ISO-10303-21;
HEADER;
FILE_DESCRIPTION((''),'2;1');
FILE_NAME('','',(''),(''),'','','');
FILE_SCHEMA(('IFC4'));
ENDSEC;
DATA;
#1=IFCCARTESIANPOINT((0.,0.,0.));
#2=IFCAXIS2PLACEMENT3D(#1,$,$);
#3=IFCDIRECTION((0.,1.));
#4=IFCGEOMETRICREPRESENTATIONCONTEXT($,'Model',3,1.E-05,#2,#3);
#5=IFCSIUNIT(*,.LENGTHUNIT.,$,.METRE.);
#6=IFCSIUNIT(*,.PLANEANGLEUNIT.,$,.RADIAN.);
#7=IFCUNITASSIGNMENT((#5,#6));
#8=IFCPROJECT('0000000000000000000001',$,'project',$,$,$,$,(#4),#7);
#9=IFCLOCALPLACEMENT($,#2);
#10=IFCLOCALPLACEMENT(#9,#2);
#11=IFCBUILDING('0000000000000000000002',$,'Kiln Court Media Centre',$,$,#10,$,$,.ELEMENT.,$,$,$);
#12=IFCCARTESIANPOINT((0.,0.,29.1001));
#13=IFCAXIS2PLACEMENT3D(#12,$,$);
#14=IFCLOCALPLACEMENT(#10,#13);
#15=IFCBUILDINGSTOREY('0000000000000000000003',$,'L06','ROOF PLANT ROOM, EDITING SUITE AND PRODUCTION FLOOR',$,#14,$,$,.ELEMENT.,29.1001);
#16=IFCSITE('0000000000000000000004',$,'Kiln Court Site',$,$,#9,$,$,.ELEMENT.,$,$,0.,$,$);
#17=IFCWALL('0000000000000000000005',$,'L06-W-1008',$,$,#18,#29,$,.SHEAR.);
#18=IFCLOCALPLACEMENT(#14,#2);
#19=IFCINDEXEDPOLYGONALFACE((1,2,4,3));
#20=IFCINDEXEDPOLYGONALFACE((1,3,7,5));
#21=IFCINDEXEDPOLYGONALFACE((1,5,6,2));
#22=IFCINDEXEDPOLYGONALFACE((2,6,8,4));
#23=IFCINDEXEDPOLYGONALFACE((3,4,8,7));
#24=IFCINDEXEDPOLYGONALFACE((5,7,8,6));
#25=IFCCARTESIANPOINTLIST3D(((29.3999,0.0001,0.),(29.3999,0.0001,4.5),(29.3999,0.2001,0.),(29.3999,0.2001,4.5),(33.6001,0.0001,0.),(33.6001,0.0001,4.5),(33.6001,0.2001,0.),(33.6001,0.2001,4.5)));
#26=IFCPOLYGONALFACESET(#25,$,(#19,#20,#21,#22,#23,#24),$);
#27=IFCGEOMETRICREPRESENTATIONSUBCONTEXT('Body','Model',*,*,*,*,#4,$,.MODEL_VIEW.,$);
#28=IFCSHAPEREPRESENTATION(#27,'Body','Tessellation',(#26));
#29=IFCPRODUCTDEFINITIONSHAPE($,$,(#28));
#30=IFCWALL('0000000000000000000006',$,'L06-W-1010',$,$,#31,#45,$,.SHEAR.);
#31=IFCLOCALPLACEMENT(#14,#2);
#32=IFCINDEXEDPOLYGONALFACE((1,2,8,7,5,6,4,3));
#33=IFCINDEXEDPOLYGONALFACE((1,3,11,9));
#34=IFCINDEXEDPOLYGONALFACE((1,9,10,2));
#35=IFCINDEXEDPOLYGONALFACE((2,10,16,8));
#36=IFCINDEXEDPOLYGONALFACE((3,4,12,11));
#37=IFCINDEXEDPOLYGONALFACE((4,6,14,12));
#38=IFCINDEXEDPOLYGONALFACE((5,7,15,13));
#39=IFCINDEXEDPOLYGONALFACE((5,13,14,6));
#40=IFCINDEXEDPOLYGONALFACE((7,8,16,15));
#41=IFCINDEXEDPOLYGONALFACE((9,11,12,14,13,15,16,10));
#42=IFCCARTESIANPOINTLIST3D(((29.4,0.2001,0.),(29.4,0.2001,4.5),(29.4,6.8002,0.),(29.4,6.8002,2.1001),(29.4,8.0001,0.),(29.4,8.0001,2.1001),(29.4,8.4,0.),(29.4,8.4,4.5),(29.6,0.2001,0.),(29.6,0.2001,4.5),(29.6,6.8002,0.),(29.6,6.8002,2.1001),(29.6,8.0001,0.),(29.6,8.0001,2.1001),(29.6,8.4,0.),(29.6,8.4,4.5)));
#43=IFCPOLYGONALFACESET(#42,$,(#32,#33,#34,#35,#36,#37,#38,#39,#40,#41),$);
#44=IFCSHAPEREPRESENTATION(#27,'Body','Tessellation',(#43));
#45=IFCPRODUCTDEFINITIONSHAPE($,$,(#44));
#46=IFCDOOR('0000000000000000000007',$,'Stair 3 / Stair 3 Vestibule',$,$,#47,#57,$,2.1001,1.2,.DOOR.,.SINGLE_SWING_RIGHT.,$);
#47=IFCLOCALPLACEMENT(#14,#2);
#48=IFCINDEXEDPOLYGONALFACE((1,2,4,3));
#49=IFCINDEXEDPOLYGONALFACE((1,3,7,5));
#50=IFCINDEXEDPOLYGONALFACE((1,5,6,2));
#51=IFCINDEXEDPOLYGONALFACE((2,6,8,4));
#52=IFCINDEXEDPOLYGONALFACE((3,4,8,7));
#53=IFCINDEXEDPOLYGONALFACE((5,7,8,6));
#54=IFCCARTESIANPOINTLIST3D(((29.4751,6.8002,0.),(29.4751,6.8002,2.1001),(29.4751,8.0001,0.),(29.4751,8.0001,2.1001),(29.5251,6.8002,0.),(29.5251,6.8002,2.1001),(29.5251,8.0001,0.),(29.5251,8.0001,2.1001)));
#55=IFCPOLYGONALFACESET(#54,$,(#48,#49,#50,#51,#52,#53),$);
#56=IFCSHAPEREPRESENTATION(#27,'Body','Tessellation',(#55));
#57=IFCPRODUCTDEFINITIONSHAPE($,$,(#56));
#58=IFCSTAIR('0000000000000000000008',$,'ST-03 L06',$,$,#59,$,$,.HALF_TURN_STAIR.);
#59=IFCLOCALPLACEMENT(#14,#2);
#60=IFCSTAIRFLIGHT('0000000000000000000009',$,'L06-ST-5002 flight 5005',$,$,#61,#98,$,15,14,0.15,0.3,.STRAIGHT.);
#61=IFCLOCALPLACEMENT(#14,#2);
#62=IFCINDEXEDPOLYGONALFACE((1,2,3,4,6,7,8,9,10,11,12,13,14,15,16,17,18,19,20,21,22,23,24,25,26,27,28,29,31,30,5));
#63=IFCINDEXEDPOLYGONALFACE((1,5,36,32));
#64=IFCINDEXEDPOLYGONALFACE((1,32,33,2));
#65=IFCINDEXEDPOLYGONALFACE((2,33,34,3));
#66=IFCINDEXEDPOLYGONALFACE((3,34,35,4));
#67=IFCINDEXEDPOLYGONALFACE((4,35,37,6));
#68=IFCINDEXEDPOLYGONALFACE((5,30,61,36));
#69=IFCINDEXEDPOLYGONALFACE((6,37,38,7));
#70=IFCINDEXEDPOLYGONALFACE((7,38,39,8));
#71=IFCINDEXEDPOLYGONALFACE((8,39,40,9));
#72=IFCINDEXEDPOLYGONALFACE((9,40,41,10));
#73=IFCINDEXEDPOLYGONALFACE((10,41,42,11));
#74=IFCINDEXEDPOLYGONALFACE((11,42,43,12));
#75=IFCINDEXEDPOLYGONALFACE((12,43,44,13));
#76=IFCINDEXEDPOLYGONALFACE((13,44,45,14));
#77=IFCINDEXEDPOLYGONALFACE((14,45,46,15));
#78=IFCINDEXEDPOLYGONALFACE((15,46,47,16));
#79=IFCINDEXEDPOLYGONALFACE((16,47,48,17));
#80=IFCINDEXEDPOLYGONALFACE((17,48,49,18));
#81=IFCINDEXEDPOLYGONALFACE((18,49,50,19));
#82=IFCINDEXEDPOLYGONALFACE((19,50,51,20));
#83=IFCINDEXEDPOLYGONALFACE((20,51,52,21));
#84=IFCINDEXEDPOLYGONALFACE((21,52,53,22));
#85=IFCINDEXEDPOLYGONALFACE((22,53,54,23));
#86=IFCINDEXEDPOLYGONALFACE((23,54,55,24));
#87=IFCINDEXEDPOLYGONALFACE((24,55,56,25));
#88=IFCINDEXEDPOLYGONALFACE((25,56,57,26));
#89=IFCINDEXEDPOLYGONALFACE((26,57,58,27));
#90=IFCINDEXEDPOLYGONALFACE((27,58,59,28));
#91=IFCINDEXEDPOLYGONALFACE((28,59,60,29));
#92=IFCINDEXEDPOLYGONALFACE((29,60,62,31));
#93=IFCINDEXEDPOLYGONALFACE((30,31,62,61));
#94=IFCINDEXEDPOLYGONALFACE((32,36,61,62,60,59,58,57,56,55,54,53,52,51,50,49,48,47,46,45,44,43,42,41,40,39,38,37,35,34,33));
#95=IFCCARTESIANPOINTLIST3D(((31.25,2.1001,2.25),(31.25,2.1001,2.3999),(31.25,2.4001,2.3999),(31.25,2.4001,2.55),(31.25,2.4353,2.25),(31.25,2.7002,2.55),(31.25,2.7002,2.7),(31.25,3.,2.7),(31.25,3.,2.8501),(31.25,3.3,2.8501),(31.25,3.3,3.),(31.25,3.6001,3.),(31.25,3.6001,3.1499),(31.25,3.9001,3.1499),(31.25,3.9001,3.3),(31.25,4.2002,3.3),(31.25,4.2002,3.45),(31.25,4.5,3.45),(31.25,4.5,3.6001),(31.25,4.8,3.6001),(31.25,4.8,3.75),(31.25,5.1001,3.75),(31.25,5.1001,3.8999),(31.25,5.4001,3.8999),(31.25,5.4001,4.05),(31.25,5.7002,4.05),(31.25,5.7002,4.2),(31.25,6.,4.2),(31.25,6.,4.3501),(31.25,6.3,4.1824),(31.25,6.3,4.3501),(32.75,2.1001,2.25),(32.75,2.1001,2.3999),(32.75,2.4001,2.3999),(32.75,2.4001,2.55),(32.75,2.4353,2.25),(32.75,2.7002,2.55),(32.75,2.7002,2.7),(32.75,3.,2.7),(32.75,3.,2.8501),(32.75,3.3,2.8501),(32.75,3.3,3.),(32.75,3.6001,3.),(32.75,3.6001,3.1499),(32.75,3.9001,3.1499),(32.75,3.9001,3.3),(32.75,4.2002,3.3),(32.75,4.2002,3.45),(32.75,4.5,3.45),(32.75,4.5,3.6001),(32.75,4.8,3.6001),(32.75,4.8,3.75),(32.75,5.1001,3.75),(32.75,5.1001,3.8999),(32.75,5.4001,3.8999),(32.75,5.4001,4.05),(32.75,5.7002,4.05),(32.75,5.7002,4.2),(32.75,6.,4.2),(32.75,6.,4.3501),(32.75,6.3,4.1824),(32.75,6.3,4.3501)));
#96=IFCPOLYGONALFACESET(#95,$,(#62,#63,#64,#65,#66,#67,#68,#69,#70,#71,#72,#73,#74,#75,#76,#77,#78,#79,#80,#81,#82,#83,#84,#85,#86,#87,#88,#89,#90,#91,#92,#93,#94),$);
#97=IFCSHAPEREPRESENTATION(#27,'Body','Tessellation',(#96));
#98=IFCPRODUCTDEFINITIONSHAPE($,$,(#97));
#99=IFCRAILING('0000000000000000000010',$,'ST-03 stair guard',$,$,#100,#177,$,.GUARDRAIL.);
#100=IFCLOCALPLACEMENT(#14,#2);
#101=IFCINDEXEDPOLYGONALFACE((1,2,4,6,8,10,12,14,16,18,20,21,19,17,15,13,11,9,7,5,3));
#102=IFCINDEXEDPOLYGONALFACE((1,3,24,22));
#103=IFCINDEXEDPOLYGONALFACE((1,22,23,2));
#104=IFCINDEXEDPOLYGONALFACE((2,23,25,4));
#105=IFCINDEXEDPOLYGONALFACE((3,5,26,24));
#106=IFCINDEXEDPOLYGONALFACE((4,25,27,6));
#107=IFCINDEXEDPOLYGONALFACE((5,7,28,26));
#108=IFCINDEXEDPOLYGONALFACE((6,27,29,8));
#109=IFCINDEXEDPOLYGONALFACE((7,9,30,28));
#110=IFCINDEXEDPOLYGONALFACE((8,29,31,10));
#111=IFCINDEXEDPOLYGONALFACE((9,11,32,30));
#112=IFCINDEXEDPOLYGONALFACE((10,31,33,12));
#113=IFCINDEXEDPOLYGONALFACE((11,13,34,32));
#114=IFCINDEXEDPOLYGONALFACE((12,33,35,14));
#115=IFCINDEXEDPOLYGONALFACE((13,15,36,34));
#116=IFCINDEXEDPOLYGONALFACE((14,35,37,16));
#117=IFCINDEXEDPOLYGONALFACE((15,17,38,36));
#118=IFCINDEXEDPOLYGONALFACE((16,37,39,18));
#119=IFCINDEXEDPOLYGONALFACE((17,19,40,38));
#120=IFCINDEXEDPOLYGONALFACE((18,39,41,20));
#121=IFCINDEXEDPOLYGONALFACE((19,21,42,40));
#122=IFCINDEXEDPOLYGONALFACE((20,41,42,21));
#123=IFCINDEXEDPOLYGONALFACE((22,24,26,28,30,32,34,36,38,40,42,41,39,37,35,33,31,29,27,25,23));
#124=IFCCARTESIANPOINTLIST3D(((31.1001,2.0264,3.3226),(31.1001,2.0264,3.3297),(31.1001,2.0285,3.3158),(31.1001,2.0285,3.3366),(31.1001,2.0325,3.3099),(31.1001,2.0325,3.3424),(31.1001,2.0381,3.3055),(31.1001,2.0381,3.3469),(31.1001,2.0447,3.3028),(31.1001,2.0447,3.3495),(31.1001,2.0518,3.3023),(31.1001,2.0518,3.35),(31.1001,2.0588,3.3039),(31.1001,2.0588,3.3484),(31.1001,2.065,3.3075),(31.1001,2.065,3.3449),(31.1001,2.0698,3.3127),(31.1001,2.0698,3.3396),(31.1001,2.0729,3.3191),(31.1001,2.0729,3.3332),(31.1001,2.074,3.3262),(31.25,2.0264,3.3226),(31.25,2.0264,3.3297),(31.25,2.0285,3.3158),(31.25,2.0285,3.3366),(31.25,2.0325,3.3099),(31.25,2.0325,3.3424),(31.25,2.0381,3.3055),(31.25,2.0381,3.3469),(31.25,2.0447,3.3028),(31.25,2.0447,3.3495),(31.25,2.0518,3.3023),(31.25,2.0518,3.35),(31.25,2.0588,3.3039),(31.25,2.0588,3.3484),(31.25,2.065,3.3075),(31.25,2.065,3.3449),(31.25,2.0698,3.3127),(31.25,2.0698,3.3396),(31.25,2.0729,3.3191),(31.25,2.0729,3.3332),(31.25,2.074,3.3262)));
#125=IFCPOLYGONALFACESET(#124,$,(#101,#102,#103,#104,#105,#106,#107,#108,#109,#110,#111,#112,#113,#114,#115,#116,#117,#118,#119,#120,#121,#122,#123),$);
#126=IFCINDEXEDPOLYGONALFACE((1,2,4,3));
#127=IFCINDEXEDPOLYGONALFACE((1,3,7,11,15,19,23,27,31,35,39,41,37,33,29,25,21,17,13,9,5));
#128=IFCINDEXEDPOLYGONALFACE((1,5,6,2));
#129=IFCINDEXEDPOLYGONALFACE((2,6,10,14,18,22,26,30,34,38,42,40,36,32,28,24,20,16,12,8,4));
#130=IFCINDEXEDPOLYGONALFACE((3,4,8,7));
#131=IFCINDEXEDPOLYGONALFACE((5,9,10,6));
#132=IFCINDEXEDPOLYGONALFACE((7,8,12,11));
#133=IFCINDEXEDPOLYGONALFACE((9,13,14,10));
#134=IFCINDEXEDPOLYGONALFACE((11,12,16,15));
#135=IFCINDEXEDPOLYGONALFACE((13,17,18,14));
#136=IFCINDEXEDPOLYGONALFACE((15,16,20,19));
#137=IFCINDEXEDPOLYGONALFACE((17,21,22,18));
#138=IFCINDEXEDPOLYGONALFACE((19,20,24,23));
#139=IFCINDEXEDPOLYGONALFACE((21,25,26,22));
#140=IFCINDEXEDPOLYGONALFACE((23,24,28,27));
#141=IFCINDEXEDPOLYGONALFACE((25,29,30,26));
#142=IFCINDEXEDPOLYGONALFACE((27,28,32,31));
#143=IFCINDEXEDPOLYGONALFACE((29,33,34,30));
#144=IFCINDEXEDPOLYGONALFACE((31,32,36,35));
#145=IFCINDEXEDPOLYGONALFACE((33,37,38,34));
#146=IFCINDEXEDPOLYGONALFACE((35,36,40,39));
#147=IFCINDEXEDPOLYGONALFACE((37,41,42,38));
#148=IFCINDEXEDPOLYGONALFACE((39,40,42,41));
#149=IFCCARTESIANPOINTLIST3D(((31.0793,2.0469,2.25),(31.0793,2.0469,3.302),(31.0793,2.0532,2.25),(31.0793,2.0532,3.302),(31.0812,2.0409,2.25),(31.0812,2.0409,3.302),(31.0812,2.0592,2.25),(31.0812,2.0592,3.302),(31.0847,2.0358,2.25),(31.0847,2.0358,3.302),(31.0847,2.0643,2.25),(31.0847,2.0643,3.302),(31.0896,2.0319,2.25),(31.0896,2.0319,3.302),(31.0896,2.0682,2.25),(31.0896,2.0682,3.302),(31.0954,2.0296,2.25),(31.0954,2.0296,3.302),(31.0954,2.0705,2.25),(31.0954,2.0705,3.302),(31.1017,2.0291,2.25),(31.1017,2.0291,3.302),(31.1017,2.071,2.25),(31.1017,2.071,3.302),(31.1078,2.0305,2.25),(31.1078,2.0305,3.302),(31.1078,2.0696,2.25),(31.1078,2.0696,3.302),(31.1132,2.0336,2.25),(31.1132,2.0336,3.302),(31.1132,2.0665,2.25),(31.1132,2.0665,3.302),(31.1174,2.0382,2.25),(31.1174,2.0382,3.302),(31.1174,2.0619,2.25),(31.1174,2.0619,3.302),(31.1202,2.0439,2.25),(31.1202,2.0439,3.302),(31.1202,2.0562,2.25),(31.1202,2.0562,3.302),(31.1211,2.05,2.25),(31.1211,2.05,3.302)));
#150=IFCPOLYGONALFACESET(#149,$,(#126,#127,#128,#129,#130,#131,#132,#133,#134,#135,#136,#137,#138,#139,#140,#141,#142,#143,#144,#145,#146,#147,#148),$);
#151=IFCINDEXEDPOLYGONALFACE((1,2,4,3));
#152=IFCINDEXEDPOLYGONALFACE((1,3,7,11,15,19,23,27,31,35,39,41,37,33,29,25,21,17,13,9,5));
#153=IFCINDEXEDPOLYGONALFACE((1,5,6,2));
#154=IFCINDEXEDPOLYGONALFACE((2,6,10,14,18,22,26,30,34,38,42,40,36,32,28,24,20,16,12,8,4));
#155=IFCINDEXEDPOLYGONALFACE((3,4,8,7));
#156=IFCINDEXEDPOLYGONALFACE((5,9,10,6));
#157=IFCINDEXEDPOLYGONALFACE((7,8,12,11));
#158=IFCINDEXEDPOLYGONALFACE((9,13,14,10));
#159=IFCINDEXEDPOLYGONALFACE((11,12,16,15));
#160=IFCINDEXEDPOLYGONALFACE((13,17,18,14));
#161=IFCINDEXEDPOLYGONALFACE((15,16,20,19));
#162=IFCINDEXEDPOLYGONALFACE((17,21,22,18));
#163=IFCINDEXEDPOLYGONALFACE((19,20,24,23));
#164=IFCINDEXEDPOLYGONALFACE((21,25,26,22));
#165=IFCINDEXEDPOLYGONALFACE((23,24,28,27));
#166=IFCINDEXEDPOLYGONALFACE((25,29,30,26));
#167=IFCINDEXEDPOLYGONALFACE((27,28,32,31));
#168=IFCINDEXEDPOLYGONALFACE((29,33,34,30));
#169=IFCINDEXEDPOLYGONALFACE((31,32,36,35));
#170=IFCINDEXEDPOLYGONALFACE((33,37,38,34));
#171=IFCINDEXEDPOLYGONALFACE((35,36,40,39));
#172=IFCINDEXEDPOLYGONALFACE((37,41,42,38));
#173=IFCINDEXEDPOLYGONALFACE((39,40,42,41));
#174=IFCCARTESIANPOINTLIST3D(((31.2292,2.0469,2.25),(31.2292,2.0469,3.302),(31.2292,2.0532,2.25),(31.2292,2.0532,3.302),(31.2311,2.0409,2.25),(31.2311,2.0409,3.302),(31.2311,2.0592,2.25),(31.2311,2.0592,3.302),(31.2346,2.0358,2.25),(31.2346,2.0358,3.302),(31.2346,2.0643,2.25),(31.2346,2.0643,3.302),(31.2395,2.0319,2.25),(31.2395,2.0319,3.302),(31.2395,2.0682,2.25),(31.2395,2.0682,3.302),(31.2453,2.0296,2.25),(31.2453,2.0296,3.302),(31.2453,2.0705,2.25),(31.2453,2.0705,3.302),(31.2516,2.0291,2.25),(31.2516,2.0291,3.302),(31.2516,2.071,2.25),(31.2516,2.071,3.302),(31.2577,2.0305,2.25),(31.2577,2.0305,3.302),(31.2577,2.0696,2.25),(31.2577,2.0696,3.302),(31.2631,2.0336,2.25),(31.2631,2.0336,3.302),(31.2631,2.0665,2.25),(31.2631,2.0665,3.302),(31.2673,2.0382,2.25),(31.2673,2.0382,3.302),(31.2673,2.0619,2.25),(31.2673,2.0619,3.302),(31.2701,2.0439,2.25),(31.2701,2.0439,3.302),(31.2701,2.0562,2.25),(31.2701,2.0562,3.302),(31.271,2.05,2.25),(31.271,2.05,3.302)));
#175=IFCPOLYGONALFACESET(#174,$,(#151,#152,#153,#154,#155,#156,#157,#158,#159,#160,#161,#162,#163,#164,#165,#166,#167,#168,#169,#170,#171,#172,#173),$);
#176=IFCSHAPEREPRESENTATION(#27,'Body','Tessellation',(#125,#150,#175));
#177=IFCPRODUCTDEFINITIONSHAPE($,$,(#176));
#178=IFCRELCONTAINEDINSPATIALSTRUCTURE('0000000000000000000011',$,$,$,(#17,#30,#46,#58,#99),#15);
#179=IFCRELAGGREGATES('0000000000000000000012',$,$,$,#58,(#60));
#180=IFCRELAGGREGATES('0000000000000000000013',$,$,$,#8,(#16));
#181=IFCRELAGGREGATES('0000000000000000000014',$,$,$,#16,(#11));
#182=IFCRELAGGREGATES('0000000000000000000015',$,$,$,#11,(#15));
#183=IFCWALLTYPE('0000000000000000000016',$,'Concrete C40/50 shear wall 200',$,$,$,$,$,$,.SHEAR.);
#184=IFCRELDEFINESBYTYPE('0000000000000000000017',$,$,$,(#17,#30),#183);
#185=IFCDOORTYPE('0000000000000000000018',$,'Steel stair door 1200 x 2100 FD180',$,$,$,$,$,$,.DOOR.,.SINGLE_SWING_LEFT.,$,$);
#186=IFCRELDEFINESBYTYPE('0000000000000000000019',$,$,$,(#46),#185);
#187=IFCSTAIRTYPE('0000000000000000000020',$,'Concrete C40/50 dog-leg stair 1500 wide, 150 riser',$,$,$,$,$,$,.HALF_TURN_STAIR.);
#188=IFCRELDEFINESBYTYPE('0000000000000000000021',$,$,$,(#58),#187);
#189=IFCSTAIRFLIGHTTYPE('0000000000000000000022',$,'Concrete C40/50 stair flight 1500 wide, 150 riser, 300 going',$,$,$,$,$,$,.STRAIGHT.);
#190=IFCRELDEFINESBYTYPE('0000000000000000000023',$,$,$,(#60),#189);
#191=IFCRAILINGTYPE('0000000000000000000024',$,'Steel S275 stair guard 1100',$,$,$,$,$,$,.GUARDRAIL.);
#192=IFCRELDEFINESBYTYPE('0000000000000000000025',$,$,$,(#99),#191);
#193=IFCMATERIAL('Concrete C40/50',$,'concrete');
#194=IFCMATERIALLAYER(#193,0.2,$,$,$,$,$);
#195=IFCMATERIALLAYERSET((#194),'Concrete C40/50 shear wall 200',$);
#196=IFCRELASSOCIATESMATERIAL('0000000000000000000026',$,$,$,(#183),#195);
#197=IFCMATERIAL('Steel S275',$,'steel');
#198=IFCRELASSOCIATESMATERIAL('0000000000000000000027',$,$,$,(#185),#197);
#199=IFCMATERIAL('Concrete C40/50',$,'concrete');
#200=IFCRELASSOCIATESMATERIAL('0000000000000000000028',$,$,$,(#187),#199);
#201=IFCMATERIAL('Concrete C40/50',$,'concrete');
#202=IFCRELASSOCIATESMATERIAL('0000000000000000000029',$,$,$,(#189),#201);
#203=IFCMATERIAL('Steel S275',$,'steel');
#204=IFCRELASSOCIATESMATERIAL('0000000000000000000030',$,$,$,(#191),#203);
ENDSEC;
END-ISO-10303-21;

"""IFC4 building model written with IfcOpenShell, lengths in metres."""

from ifc_helpers import new_model, si_unit, direction, frame, frame_2d, origin, origin_2d, place, context, subcontext, project, spatial, polyline, rectangle, circle, outline, extrude, material, layer, layer_set, type_object, element, fill, aggregate, save


model = new_model("IFC4")

# Units and contexts
model_context = context("Model", 3, precision=1e-05, world=origin(), true_north=direction((0.0, 1.0)))
body_context = subcontext(model_context, "Body", "Model", "MODEL_VIEW")
ifc_project = project(units=[si_unit("LENGTHUNIT", "METRE"), si_unit("PLANEANGLEUNIT", "RADIAN")], contexts=[model_context])

# Site, building, storey
site_placement = place(None, origin())
site = spatial("IfcSite", under=ifc_project, at=site_placement, Name="Kiln Court Site", CompositionType="ELEMENT", RefElevation=0.0)
building_placement = place(site_placement, origin())
building = spatial("IfcBuilding", under=site, at=building_placement, Name="Kiln Court Media Centre", CompositionType="ELEMENT")
storey_placement = place(building_placement, frame((0.0, 0.0, 29.1001)))
storey = spatial("IfcBuildingStorey", under=building, at=storey_placement, Name="L06", Description="ROOF PLANT ROOM, EDITING SUITE AND PRODUCTION FLOOR", CompositionType="ELEMENT", Elevation=29.1001)

# Wall
ifc_material_1 = material(Name="Concrete C40/50", Category="concrete")
ifc_layer_1 = layer(ifc_material_1, 0.2)
ifc_layer_set_1 = layer_set([ifc_layer_1], Name="Concrete C40/50 shear wall 200")
wall_type_1 = type_object("IfcWallType", Name="Concrete C40/50 shear wall 200", PredefinedType="SHEAR", material=ifc_layer_set_1)
wall_1_placement = place(storey_placement, frame((33.6001, 0.1001, 0.0), z_axis=(0.0, 0.0, 1.0), x_axis=(-1.0, 0.0, 0.0)))
element("IfcWall", 1, at=wall_1_placement, inside=storey, type_object=wall_type_1, Name="L06-W-1008", PredefinedType="SHEAR", context=body_context, shape_type="SweptSolid", body=[
    extrude(rectangle(XDim=4.2002, YDim=0.2, at=frame_2d((2.1001, 0.0))), origin(), (0.0, 0.0, 1.0), 4.5),
])

# Wall, opening, door
wall_2_placement = place(storey_placement, frame((29.5, 0.2, 0.0), z_axis=(0.0, 0.0, 1.0), x_axis=(0.0, 1.0, 0.0)))
wall_2 = element("IfcWall", 2, at=wall_2_placement, inside=storey, type_object=wall_type_1, Name="L06-W-1010", PredefinedType="SHEAR", context=body_context, shape_type="SweptSolid", body=[
    extrude(rectangle(XDim=8.2, YDim=0.2, at=frame_2d((4.1001, 0.0))), origin(), (0.0, 0.0, 1.0), 4.5),
])
opening_1_placement = place(wall_2_placement, frame((6.6001, 0.0, 0.0)))
opening_1 = element("IfcOpeningElement", 3, at=opening_1_placement, cuts=wall_2, PredefinedType="OPENING", context=body_context, shape_type="SweptSolid", body=[
    extrude(rectangle(XDim=1.2, YDim=2.1001, at=frame_2d((0.6001, 1.05))), frame((0.0, 0.1099, 0.0), z_axis=(0.0, -1.0, 0.0), x_axis=(1.0, 0.0, 0.0)), (0.0, 0.0, 1.0), 0.22),
])
ifc_material_2 = material(Name="Steel S275", Category="steel")
door_type = type_object("IfcDoorType", Name="Steel stair door 1200 x 2100 FD180", OperationType="SINGLE_SWING_LEFT", PredefinedType="DOOR", material=ifc_material_2)
door_placement = place(opening_1_placement, origin())
door = element("IfcDoor", 4, at=door_placement, inside=storey, type_object=door_type, Name="Stair 3 / Stair 3 Vestibule", OperationType="SINGLE_SWING_RIGHT", OverallHeight=2.1001, OverallWidth=1.2, PredefinedType="DOOR", context=body_context, shape_type="SweptSolid", body=[
    extrude(rectangle(XDim=1.2, YDim=2.1001, at=frame_2d((0.6001, 1.05))), frame((0.0, 0.0249, 0.0), z_axis=(0.0, -1.0, 0.0), x_axis=(1.0, 0.0, 0.0)), (0.0, 0.0, 1.0), 0.05),
])
fill(opening_1, door)

# Stair, stair flight
ifc_material_3 = material(Name="Concrete C40/50", Category="concrete")
stair_type = type_object("IfcStairType", Name="Concrete C40/50 dog-leg stair 1500 wide, 150 riser", PredefinedType="HALF_TURN_STAIR", material=ifc_material_3)
stair_placement = place(storey_placement, origin())
stair = element("IfcStair", 5, at=stair_placement, inside=storey, type_object=stair_type, Name="ST-03 L06", PredefinedType="HALF_TURN_STAIR")
ifc_material_4 = material(Name="Concrete C40/50", Category="concrete")
stair_flight_type = type_object("IfcStairFlightType", Name="Concrete C40/50 stair flight 1500 wide, 150 riser, 300 going", PredefinedType="STRAIGHT", material=ifc_material_4)
stair_flight_placement = place(storey_placement, frame((32.0, 2.1001, 2.25), z_axis=(0.0, 0.0, 1.0), x_axis=(0.0, 1.0, 0.0)))
stair_flight = element("IfcStairFlight", 6, at=stair_flight_placement, type_object=stair_flight_type, Name="L06-ST-5002 flight 5005", NumberOfRisers=15, NumberOfTreads=14, PredefinedType="STRAIGHT", RiserHeight=0.15, TreadLength=0.3, context=body_context, shape_type="SweptSolid", body=[
    extrude(outline(polyline([(0.0, 0.0), (0.0, 0.1499), (0.3, 0.1499), (0.3, 0.3), (0.6001, 0.3), (0.6001, 0.45), (0.8999, 0.45), (0.8999, 0.6001), (1.2, 0.6001), (1.2, 0.75), (1.5, 0.75), (1.5, 0.8999), (1.8, 0.8999), (1.8, 1.05), (2.1001, 1.05), (2.1001, 1.2), (2.3999, 1.2), (2.3999, 1.3501), (2.7, 1.3501), (2.7, 1.5), (3.0, 1.5), (3.0, 1.6499), (3.3, 1.6499), (3.3, 1.8), (3.6001, 1.8), (3.6001, 1.95), (3.8999, 1.95), (3.8999, 2.1001), (4.2, 2.1001), (4.2, 2.25), (4.2, 1.9324), (0.3352, 0.0), (0.0, 0.0)])), frame((0.0, 0.75, 0.0), z_axis=(0.0, -1.0, 0.0), x_axis=(1.0, 0.0, 0.0)), (0.0, 0.0, 1.0), 1.5),
])
aggregate(stair, [stair_flight])

# Railing
ifc_material_5 = material(Name="Steel S275", Category="steel")
railing_type_1 = type_object("IfcRailingType", Name="Steel S275 stair guard 1100", PredefinedType="GUARDRAIL", material=ifc_material_5)
railing_1_placement = place(storey_placement, frame((31.1001, 2.05, 2.25)))
element("IfcRailing", 7, at=railing_1_placement, inside=storey, type_object=railing_type_1, Name="ST-03 stair guard", PredefinedType="GUARDRAIL", context=body_context, shape_type="SweptSolid", body=[
    extrude(circle(Radius=0.0239, at=origin_2d()), frame((0.0, 0.0, 1.0762), z_axis=(1.0, 0.0, 0.0), x_axis=(0.0, 1.0, 0.0)), (0.0, 0.0, 1.0), 0.1499),
    extrude(circle(Radius=0.021, at=origin_2d()), origin(), (0.0, 0.0, 1.0), 1.052),
    extrude(circle(Radius=0.021, at=origin_2d()), frame((0.1499, 0.0, 0.0)), (0.0, 0.0, 1.0), 1.052),
])

save(model, "model.ifc")
